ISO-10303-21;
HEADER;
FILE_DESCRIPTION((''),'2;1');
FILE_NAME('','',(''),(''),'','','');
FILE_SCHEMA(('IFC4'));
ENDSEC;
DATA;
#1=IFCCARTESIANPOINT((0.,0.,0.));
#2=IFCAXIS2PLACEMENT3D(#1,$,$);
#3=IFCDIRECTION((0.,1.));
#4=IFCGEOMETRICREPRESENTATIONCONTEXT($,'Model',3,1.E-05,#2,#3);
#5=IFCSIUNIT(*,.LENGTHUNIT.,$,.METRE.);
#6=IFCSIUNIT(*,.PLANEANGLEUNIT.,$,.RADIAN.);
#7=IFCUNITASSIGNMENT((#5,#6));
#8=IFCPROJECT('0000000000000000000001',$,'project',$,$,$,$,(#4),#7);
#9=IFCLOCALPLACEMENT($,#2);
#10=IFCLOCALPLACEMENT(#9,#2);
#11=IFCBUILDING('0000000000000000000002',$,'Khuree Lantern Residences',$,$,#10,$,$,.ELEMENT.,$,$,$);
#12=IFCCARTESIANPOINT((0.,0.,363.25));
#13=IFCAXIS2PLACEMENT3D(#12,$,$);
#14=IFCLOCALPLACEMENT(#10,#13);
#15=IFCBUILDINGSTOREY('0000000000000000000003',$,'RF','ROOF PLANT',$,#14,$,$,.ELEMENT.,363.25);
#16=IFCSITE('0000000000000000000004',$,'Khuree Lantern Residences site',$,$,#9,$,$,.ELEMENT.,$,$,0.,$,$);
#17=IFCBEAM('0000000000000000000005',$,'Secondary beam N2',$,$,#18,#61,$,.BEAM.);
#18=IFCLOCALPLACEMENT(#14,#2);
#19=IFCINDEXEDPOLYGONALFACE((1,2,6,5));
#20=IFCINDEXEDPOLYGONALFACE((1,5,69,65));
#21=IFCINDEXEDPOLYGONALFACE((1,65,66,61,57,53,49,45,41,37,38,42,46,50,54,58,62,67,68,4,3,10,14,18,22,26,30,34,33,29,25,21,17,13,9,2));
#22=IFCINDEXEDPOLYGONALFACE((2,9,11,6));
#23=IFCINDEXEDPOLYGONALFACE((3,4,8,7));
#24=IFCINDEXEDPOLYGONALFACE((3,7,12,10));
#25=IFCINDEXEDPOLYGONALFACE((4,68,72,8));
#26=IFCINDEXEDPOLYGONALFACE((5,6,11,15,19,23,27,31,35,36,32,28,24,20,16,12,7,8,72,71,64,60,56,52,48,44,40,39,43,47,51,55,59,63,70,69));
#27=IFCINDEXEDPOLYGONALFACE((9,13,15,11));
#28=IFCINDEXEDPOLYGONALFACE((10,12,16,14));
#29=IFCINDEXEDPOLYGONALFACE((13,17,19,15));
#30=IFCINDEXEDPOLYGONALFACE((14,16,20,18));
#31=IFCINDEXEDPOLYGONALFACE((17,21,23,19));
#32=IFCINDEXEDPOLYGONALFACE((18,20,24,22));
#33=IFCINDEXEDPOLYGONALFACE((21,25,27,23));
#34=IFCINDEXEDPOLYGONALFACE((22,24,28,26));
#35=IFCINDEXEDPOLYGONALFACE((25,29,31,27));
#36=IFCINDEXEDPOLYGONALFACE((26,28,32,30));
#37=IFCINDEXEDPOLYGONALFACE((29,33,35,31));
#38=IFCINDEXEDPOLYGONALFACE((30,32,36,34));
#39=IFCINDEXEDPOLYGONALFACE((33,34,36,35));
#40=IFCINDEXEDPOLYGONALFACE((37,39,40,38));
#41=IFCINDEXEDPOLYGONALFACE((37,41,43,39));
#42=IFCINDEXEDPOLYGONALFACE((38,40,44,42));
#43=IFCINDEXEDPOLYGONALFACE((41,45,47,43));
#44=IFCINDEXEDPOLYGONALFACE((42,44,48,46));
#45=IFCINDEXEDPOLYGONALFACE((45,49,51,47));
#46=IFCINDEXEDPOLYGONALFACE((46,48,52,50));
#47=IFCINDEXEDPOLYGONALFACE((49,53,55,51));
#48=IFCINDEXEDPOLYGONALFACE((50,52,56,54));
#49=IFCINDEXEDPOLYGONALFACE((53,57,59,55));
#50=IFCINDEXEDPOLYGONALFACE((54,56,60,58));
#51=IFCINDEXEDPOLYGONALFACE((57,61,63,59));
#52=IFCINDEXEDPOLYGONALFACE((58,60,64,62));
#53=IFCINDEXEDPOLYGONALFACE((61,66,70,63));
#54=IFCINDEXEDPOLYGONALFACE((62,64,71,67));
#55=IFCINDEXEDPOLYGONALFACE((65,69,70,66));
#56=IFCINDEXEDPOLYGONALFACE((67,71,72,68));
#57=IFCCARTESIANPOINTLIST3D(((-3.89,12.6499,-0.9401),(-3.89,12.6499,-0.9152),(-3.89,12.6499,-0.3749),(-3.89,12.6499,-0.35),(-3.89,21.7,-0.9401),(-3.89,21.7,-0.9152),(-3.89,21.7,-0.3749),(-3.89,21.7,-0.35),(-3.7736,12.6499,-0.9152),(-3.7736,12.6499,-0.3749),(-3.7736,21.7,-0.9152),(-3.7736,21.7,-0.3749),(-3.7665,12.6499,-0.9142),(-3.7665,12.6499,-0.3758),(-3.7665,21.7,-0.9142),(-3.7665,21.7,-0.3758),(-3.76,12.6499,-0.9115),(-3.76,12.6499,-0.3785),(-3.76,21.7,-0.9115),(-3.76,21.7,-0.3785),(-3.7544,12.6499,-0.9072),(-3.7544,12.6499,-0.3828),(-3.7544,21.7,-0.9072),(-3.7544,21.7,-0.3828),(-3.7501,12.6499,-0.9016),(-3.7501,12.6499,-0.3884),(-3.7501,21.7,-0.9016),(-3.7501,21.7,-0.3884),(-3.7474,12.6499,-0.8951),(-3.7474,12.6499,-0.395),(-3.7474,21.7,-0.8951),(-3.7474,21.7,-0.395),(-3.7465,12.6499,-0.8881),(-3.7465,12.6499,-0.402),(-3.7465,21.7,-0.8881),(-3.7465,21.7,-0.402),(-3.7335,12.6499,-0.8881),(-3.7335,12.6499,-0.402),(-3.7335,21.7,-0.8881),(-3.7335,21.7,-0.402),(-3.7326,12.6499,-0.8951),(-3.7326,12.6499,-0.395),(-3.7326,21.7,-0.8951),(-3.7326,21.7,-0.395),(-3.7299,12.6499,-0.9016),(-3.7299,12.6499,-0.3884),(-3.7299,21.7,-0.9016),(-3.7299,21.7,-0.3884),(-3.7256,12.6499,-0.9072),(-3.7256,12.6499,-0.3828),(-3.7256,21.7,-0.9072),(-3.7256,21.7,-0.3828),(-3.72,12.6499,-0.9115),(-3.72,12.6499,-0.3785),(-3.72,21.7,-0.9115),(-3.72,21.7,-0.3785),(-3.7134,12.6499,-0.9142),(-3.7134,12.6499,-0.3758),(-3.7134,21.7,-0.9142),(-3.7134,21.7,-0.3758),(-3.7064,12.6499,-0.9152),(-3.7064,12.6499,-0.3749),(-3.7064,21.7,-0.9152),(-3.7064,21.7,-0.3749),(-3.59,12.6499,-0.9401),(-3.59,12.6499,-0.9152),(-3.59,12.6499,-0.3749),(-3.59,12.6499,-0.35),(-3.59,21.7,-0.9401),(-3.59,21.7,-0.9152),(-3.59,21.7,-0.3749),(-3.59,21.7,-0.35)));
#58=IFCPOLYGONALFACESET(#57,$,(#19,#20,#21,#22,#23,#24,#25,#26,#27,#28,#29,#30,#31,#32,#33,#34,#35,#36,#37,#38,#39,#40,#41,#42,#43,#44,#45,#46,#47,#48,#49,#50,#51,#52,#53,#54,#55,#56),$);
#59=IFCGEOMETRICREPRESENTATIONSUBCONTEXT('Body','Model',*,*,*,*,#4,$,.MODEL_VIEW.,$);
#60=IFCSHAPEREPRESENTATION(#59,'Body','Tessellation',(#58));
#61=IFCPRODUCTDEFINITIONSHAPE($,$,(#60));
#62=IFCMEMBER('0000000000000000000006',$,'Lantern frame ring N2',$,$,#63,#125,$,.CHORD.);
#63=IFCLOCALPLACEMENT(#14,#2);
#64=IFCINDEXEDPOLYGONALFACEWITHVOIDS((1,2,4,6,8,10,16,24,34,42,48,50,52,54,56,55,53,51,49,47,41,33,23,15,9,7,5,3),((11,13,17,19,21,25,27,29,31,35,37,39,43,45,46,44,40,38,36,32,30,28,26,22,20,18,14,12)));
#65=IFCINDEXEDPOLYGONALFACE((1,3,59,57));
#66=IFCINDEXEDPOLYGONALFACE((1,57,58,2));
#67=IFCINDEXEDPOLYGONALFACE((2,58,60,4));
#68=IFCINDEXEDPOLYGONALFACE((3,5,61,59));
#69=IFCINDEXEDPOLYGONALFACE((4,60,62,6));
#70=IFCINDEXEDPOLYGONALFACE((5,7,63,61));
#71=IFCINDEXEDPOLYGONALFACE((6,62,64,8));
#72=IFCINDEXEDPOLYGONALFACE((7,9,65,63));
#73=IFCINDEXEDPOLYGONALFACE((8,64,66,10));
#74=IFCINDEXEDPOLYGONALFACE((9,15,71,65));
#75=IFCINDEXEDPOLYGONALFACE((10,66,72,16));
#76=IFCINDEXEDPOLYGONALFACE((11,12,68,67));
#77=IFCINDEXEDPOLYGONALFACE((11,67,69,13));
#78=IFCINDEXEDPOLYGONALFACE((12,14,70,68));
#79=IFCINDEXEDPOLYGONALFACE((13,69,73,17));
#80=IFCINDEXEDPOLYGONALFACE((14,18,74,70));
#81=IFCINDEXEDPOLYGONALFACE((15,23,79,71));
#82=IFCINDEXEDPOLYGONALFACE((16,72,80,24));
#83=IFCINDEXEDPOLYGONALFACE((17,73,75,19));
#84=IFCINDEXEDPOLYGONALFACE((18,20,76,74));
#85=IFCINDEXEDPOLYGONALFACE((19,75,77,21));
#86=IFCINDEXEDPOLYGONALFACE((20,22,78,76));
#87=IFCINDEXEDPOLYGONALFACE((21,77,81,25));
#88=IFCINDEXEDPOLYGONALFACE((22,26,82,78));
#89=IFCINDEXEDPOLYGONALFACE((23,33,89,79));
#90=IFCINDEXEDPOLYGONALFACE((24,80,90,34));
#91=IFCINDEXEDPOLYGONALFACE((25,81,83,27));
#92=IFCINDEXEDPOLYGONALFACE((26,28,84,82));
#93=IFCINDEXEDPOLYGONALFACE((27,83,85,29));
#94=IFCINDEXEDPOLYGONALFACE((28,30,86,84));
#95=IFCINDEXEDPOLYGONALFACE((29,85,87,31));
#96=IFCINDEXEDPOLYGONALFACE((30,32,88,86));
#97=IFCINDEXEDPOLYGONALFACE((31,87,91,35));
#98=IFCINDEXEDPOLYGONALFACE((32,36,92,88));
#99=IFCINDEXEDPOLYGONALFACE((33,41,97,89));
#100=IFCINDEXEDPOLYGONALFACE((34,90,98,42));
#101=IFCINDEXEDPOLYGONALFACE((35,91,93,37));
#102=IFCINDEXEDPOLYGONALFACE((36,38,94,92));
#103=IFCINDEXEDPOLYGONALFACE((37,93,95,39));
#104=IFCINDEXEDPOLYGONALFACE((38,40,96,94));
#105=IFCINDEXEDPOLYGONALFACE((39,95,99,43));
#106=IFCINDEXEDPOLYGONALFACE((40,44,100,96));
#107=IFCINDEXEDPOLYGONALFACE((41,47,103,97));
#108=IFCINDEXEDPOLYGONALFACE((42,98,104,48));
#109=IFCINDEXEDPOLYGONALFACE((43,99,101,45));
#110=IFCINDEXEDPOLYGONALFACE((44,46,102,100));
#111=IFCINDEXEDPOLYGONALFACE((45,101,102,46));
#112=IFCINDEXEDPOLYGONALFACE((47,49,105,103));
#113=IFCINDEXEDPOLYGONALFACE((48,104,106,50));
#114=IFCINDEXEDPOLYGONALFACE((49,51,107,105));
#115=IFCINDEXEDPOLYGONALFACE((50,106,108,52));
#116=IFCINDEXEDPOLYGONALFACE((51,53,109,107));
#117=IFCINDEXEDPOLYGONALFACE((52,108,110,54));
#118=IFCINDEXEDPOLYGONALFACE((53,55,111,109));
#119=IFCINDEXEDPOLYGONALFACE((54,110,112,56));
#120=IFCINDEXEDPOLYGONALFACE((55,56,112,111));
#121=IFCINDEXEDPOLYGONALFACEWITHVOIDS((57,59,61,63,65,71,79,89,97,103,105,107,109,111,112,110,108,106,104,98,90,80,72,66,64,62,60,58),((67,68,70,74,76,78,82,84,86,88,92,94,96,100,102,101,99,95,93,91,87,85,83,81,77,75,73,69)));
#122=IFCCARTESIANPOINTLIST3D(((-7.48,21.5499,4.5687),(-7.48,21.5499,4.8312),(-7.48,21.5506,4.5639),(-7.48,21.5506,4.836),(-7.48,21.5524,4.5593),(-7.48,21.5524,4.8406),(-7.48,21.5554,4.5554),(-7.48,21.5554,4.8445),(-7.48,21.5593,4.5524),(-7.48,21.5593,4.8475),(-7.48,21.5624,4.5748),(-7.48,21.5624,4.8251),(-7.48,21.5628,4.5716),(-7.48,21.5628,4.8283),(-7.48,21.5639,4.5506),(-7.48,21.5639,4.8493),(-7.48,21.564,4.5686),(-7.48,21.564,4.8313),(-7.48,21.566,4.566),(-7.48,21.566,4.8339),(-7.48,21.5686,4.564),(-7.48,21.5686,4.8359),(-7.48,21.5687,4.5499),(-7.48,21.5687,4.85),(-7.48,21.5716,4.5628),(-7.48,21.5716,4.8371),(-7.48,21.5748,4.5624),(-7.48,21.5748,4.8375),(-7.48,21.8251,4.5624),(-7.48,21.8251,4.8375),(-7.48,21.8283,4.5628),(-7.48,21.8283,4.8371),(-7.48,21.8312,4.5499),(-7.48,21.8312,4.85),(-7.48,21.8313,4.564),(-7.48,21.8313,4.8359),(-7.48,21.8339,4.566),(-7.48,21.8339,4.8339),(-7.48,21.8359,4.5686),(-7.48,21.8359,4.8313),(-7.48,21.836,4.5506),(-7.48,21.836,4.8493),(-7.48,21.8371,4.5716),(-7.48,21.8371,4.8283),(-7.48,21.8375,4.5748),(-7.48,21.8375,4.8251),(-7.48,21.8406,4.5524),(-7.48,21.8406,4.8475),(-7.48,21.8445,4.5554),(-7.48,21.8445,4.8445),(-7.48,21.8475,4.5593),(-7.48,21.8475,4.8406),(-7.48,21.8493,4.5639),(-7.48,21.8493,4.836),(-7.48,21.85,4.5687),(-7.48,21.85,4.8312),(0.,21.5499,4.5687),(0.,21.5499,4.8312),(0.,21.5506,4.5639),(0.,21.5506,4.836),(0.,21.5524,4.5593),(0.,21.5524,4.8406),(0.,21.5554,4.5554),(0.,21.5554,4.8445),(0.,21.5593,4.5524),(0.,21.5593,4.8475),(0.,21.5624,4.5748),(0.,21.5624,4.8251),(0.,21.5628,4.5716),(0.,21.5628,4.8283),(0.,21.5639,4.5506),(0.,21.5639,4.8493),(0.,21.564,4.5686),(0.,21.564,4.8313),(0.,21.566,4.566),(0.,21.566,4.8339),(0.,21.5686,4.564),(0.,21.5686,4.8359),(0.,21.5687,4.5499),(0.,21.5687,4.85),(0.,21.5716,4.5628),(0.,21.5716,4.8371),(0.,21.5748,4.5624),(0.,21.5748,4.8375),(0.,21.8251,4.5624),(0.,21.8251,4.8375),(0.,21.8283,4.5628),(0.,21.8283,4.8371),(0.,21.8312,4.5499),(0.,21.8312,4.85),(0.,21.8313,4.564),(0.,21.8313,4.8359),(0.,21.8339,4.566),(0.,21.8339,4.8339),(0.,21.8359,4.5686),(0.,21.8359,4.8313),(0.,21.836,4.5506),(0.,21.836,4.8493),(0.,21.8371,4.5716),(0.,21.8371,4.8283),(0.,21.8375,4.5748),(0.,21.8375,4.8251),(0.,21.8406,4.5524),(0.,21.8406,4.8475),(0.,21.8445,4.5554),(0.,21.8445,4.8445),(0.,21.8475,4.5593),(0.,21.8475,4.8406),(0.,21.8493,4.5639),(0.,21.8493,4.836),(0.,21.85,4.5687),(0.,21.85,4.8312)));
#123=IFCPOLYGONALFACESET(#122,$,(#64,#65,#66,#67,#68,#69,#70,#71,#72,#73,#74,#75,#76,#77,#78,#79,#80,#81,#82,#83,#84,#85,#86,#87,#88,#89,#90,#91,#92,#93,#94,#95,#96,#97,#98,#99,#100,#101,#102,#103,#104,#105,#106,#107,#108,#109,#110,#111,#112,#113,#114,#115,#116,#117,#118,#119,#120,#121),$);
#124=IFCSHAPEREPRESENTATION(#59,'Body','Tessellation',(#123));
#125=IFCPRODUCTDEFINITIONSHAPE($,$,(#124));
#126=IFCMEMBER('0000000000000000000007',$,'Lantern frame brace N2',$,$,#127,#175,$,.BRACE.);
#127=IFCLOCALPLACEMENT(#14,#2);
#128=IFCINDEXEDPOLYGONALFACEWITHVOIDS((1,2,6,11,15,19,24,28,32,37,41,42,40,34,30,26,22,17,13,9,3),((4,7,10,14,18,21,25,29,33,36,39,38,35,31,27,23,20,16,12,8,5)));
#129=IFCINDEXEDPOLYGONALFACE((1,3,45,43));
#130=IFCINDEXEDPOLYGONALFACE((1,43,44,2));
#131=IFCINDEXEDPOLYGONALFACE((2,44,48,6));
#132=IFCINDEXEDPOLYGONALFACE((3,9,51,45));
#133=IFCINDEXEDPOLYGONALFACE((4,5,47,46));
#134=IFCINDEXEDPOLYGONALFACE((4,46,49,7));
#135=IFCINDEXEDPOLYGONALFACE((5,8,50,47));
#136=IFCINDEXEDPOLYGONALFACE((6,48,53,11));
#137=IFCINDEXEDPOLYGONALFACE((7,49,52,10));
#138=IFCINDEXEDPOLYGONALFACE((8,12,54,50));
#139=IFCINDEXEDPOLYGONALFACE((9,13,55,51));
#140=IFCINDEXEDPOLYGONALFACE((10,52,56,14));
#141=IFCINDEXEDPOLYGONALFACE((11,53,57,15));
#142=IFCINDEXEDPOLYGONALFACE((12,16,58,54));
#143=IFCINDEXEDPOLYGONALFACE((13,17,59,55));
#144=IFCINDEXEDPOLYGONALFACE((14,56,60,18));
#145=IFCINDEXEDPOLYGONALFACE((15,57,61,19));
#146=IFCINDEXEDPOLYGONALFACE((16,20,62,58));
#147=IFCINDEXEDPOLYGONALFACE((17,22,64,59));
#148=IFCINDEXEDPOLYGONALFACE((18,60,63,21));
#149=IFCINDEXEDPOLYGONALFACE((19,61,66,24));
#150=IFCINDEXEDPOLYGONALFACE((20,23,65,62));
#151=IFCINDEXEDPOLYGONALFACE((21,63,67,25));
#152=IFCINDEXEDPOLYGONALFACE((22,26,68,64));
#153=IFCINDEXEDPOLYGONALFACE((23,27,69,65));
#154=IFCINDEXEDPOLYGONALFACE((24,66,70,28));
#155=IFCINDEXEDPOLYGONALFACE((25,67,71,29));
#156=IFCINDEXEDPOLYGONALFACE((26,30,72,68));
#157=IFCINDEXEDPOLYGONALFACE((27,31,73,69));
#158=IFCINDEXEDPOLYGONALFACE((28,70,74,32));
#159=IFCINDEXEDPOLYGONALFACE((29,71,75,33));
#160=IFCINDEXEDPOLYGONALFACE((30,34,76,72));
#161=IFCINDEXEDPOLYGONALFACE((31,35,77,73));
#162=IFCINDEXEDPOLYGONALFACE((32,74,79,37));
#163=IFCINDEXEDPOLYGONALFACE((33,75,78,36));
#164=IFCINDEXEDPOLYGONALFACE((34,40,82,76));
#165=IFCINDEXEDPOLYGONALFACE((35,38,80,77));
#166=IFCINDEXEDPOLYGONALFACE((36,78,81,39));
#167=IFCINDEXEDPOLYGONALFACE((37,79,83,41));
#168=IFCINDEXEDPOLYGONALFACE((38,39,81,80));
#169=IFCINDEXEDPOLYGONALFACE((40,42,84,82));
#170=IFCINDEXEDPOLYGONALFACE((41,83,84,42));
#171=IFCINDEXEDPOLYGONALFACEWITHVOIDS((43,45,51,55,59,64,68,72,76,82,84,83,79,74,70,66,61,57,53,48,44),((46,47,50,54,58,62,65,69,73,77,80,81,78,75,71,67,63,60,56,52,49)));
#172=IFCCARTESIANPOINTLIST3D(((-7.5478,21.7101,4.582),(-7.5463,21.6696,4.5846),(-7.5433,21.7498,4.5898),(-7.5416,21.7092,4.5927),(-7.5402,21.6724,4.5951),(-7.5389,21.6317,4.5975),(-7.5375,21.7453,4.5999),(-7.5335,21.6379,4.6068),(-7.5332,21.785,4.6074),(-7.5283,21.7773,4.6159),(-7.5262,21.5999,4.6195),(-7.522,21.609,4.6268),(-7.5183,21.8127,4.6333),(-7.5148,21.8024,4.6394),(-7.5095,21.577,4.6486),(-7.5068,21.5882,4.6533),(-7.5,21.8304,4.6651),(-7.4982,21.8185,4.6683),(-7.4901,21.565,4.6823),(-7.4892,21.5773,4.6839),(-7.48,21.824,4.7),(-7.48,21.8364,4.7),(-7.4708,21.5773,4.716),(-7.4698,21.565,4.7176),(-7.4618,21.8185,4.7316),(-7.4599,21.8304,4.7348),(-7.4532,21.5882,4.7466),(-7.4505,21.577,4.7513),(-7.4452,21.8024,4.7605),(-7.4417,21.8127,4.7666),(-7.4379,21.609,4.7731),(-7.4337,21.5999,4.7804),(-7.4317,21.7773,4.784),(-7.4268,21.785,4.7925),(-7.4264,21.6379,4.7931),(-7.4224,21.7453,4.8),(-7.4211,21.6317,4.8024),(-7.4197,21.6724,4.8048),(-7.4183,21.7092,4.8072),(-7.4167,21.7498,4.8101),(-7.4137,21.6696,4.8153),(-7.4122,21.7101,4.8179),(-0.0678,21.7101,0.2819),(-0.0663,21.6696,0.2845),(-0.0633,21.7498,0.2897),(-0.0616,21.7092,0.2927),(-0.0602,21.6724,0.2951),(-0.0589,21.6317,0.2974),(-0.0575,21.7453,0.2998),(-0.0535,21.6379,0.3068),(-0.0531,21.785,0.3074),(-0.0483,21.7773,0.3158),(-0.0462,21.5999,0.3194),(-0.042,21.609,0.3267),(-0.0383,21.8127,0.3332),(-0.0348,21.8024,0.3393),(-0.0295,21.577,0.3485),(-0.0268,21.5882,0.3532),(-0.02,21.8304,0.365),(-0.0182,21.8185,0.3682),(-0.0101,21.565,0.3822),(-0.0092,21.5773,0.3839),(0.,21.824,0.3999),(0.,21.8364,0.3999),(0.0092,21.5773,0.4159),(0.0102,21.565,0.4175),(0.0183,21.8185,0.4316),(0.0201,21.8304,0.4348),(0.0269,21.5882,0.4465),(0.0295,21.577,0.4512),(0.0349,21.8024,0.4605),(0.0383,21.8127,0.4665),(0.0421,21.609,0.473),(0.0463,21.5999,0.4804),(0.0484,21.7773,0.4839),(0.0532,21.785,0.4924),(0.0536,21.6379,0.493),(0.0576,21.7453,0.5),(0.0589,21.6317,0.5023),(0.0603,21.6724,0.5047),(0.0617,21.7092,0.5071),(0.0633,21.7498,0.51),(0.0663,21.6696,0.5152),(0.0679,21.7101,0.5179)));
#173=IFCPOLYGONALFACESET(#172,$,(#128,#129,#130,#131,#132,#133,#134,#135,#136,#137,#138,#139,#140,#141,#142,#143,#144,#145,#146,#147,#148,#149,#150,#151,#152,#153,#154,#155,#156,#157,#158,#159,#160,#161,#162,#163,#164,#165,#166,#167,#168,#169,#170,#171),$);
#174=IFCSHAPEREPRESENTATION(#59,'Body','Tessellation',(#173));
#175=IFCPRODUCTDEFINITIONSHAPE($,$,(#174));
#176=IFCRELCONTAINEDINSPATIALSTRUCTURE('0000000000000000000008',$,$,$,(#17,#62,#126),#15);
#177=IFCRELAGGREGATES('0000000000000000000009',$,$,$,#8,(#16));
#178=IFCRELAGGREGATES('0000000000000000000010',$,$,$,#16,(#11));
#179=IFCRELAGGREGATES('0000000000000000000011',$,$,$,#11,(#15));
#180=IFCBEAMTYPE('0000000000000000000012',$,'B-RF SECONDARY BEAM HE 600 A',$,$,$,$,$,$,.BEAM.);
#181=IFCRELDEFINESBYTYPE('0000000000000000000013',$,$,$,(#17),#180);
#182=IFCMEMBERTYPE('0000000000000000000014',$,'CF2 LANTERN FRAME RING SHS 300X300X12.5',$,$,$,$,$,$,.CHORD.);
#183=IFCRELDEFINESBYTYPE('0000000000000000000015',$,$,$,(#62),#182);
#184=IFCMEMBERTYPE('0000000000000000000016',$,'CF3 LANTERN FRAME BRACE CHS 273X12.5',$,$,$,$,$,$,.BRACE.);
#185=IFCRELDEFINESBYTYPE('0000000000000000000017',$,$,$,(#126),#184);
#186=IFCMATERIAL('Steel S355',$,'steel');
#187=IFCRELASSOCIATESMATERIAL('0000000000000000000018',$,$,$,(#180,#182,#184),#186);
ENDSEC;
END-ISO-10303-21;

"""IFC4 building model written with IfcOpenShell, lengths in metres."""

from ifc_helpers import new_model, si_unit, direction, frame, origin, origin_2d, place, context, subcontext, project, spatial, hollow_rectangle, hollow_circle, i_section, extrude, material, material_profile, profile_set, type_object, element, save


model = new_model("IFC4")

# Units and contexts
model_context = context("Model", 3, precision=1e-05, world=origin(), true_north=direction((0.0, 1.0)))
body_context = subcontext(model_context, "Body", "Model", "MODEL_VIEW")
ifc_project = project(units=[si_unit("LENGTHUNIT", "METRE"), si_unit("PLANEANGLEUNIT", "RADIAN")], contexts=[model_context])

# Site, building, storey
site_placement = place(None, origin())
site = spatial("IfcSite", under=ifc_project, at=site_placement, Name="Khuree Lantern Residences site", CompositionType="ELEMENT", RefElevation=0.0)
building_placement = place(site_placement, origin())
building = spatial("IfcBuilding", under=site, at=building_placement, Name="Khuree Lantern Residences", CompositionType="ELEMENT")
storey_placement = place(building_placement, frame((0.0, 0.0, 363.25)))
storey = spatial("IfcBuildingStorey", under=building, at=storey_placement, Name="RF", Description="ROOF PLANT", CompositionType="ELEMENT", Elevation=363.25)

# Shared definitions
ifc_material_1 = material(Name="Steel S355", Category="steel")

# Beam
ifc_material_profile_1 = material_profile(ifc_material_1, i_section(OverallWidth=0.3, OverallDepth=0.5901, WebThickness=0.0129, FlangeThickness=0.0249, FilletRadius=0.0271, at=origin_2d()), Name="HE 600 A")
ifc_profile_set_1 = profile_set([ifc_material_profile_1], Name="Steel S355")
beam_type_1 = type_object("IfcBeamType", Name="B-RF SECONDARY BEAM HE 600 A", PredefinedType="BEAM", material=ifc_profile_set_1)
for number, where, z_axis, x_axis, name in (
    (1, (-3.74, 21.7, -0.645), (0.0, -1.0, 0.0), (1.0, 0.0, 0.0), "Secondary beam N2"),
):
    element("IfcBeam", number, at=place(storey_placement, frame(where, z_axis=z_axis, x_axis=x_axis)), inside=storey, type_object=beam_type_1, Name=name, PredefinedType="BEAM", context=body_context, shape_type="SweptSolid", body=[
        extrude(i_section(OverallWidth=0.3, OverallDepth=0.5901, WebThickness=0.0129, FlangeThickness=0.0249, FilletRadius=0.0271, at=origin_2d()), origin(), (0.0, 0.0, 1.0), 9.05),
    ])

# Members
ifc_material_profile_2 = material_profile(ifc_material_1, hollow_rectangle(XDim=0.3, YDim=0.3, WallThickness=0.0125, InnerFilletRadius=0.0125, OuterFilletRadius=0.0188, at=origin_2d()), Name="SHS 300X300X12.5")
ifc_profile_set_2 = profile_set([ifc_material_profile_2], Name="Steel S355")
member_type_1 = type_object("IfcMemberType", Name="CF2 LANTERN FRAME RING SHS 300X300X12.5", PredefinedType="CHORD", material=ifc_profile_set_2)
member_1_placement = place(storey_placement, frame((-7.48, 21.7, 4.7), z_axis=(1.0, 0.0, 0.0), x_axis=(0.0, 1.0, 0.0)))
element("IfcMember", 2, at=member_1_placement, inside=storey, type_object=member_type_1, Name="Lantern frame ring N2", PredefinedType="CHORD", context=body_context, shape_type="SweptSolid", body=[
    extrude(hollow_rectangle(XDim=0.3, YDim=0.3, WallThickness=0.0125, InnerFilletRadius=0.0125, OuterFilletRadius=0.0188, at=origin_2d()), origin(), (0.0, 0.0, 1.0), 7.48),
])
ifc_material_profile_3 = material_profile(ifc_material_1, hollow_circle(Radius=0.1365, WallThickness=0.0125, at=origin_2d()), Name="CHS 273X12.5")
ifc_profile_set_3 = profile_set([ifc_material_profile_3], Name="Steel S355")
member_type_2 = type_object("IfcMemberType", Name="CF3 LANTERN FRAME BRACE CHS 273X12.5", PredefinedType="BRACE", material=ifc_profile_set_3)
member_2_placement = place(storey_placement, frame((-7.48, 21.7, 4.7), z_axis=(0.866953, 0.0, -0.498389), x_axis=(0.0, 1.0, 0.0)))
element("IfcMember", 3, at=member_2_placement, inside=storey, type_object=member_type_2, Name="Lantern frame brace N2", PredefinedType="BRACE", context=body_context, shape_type="SweptSolid", body=[
    extrude(hollow_circle(Radius=0.1365, WallThickness=0.0125, at=origin_2d()), origin(), (0.0, 0.0, 1.0), 8.6279),
])

save(model, "model.ifc")
